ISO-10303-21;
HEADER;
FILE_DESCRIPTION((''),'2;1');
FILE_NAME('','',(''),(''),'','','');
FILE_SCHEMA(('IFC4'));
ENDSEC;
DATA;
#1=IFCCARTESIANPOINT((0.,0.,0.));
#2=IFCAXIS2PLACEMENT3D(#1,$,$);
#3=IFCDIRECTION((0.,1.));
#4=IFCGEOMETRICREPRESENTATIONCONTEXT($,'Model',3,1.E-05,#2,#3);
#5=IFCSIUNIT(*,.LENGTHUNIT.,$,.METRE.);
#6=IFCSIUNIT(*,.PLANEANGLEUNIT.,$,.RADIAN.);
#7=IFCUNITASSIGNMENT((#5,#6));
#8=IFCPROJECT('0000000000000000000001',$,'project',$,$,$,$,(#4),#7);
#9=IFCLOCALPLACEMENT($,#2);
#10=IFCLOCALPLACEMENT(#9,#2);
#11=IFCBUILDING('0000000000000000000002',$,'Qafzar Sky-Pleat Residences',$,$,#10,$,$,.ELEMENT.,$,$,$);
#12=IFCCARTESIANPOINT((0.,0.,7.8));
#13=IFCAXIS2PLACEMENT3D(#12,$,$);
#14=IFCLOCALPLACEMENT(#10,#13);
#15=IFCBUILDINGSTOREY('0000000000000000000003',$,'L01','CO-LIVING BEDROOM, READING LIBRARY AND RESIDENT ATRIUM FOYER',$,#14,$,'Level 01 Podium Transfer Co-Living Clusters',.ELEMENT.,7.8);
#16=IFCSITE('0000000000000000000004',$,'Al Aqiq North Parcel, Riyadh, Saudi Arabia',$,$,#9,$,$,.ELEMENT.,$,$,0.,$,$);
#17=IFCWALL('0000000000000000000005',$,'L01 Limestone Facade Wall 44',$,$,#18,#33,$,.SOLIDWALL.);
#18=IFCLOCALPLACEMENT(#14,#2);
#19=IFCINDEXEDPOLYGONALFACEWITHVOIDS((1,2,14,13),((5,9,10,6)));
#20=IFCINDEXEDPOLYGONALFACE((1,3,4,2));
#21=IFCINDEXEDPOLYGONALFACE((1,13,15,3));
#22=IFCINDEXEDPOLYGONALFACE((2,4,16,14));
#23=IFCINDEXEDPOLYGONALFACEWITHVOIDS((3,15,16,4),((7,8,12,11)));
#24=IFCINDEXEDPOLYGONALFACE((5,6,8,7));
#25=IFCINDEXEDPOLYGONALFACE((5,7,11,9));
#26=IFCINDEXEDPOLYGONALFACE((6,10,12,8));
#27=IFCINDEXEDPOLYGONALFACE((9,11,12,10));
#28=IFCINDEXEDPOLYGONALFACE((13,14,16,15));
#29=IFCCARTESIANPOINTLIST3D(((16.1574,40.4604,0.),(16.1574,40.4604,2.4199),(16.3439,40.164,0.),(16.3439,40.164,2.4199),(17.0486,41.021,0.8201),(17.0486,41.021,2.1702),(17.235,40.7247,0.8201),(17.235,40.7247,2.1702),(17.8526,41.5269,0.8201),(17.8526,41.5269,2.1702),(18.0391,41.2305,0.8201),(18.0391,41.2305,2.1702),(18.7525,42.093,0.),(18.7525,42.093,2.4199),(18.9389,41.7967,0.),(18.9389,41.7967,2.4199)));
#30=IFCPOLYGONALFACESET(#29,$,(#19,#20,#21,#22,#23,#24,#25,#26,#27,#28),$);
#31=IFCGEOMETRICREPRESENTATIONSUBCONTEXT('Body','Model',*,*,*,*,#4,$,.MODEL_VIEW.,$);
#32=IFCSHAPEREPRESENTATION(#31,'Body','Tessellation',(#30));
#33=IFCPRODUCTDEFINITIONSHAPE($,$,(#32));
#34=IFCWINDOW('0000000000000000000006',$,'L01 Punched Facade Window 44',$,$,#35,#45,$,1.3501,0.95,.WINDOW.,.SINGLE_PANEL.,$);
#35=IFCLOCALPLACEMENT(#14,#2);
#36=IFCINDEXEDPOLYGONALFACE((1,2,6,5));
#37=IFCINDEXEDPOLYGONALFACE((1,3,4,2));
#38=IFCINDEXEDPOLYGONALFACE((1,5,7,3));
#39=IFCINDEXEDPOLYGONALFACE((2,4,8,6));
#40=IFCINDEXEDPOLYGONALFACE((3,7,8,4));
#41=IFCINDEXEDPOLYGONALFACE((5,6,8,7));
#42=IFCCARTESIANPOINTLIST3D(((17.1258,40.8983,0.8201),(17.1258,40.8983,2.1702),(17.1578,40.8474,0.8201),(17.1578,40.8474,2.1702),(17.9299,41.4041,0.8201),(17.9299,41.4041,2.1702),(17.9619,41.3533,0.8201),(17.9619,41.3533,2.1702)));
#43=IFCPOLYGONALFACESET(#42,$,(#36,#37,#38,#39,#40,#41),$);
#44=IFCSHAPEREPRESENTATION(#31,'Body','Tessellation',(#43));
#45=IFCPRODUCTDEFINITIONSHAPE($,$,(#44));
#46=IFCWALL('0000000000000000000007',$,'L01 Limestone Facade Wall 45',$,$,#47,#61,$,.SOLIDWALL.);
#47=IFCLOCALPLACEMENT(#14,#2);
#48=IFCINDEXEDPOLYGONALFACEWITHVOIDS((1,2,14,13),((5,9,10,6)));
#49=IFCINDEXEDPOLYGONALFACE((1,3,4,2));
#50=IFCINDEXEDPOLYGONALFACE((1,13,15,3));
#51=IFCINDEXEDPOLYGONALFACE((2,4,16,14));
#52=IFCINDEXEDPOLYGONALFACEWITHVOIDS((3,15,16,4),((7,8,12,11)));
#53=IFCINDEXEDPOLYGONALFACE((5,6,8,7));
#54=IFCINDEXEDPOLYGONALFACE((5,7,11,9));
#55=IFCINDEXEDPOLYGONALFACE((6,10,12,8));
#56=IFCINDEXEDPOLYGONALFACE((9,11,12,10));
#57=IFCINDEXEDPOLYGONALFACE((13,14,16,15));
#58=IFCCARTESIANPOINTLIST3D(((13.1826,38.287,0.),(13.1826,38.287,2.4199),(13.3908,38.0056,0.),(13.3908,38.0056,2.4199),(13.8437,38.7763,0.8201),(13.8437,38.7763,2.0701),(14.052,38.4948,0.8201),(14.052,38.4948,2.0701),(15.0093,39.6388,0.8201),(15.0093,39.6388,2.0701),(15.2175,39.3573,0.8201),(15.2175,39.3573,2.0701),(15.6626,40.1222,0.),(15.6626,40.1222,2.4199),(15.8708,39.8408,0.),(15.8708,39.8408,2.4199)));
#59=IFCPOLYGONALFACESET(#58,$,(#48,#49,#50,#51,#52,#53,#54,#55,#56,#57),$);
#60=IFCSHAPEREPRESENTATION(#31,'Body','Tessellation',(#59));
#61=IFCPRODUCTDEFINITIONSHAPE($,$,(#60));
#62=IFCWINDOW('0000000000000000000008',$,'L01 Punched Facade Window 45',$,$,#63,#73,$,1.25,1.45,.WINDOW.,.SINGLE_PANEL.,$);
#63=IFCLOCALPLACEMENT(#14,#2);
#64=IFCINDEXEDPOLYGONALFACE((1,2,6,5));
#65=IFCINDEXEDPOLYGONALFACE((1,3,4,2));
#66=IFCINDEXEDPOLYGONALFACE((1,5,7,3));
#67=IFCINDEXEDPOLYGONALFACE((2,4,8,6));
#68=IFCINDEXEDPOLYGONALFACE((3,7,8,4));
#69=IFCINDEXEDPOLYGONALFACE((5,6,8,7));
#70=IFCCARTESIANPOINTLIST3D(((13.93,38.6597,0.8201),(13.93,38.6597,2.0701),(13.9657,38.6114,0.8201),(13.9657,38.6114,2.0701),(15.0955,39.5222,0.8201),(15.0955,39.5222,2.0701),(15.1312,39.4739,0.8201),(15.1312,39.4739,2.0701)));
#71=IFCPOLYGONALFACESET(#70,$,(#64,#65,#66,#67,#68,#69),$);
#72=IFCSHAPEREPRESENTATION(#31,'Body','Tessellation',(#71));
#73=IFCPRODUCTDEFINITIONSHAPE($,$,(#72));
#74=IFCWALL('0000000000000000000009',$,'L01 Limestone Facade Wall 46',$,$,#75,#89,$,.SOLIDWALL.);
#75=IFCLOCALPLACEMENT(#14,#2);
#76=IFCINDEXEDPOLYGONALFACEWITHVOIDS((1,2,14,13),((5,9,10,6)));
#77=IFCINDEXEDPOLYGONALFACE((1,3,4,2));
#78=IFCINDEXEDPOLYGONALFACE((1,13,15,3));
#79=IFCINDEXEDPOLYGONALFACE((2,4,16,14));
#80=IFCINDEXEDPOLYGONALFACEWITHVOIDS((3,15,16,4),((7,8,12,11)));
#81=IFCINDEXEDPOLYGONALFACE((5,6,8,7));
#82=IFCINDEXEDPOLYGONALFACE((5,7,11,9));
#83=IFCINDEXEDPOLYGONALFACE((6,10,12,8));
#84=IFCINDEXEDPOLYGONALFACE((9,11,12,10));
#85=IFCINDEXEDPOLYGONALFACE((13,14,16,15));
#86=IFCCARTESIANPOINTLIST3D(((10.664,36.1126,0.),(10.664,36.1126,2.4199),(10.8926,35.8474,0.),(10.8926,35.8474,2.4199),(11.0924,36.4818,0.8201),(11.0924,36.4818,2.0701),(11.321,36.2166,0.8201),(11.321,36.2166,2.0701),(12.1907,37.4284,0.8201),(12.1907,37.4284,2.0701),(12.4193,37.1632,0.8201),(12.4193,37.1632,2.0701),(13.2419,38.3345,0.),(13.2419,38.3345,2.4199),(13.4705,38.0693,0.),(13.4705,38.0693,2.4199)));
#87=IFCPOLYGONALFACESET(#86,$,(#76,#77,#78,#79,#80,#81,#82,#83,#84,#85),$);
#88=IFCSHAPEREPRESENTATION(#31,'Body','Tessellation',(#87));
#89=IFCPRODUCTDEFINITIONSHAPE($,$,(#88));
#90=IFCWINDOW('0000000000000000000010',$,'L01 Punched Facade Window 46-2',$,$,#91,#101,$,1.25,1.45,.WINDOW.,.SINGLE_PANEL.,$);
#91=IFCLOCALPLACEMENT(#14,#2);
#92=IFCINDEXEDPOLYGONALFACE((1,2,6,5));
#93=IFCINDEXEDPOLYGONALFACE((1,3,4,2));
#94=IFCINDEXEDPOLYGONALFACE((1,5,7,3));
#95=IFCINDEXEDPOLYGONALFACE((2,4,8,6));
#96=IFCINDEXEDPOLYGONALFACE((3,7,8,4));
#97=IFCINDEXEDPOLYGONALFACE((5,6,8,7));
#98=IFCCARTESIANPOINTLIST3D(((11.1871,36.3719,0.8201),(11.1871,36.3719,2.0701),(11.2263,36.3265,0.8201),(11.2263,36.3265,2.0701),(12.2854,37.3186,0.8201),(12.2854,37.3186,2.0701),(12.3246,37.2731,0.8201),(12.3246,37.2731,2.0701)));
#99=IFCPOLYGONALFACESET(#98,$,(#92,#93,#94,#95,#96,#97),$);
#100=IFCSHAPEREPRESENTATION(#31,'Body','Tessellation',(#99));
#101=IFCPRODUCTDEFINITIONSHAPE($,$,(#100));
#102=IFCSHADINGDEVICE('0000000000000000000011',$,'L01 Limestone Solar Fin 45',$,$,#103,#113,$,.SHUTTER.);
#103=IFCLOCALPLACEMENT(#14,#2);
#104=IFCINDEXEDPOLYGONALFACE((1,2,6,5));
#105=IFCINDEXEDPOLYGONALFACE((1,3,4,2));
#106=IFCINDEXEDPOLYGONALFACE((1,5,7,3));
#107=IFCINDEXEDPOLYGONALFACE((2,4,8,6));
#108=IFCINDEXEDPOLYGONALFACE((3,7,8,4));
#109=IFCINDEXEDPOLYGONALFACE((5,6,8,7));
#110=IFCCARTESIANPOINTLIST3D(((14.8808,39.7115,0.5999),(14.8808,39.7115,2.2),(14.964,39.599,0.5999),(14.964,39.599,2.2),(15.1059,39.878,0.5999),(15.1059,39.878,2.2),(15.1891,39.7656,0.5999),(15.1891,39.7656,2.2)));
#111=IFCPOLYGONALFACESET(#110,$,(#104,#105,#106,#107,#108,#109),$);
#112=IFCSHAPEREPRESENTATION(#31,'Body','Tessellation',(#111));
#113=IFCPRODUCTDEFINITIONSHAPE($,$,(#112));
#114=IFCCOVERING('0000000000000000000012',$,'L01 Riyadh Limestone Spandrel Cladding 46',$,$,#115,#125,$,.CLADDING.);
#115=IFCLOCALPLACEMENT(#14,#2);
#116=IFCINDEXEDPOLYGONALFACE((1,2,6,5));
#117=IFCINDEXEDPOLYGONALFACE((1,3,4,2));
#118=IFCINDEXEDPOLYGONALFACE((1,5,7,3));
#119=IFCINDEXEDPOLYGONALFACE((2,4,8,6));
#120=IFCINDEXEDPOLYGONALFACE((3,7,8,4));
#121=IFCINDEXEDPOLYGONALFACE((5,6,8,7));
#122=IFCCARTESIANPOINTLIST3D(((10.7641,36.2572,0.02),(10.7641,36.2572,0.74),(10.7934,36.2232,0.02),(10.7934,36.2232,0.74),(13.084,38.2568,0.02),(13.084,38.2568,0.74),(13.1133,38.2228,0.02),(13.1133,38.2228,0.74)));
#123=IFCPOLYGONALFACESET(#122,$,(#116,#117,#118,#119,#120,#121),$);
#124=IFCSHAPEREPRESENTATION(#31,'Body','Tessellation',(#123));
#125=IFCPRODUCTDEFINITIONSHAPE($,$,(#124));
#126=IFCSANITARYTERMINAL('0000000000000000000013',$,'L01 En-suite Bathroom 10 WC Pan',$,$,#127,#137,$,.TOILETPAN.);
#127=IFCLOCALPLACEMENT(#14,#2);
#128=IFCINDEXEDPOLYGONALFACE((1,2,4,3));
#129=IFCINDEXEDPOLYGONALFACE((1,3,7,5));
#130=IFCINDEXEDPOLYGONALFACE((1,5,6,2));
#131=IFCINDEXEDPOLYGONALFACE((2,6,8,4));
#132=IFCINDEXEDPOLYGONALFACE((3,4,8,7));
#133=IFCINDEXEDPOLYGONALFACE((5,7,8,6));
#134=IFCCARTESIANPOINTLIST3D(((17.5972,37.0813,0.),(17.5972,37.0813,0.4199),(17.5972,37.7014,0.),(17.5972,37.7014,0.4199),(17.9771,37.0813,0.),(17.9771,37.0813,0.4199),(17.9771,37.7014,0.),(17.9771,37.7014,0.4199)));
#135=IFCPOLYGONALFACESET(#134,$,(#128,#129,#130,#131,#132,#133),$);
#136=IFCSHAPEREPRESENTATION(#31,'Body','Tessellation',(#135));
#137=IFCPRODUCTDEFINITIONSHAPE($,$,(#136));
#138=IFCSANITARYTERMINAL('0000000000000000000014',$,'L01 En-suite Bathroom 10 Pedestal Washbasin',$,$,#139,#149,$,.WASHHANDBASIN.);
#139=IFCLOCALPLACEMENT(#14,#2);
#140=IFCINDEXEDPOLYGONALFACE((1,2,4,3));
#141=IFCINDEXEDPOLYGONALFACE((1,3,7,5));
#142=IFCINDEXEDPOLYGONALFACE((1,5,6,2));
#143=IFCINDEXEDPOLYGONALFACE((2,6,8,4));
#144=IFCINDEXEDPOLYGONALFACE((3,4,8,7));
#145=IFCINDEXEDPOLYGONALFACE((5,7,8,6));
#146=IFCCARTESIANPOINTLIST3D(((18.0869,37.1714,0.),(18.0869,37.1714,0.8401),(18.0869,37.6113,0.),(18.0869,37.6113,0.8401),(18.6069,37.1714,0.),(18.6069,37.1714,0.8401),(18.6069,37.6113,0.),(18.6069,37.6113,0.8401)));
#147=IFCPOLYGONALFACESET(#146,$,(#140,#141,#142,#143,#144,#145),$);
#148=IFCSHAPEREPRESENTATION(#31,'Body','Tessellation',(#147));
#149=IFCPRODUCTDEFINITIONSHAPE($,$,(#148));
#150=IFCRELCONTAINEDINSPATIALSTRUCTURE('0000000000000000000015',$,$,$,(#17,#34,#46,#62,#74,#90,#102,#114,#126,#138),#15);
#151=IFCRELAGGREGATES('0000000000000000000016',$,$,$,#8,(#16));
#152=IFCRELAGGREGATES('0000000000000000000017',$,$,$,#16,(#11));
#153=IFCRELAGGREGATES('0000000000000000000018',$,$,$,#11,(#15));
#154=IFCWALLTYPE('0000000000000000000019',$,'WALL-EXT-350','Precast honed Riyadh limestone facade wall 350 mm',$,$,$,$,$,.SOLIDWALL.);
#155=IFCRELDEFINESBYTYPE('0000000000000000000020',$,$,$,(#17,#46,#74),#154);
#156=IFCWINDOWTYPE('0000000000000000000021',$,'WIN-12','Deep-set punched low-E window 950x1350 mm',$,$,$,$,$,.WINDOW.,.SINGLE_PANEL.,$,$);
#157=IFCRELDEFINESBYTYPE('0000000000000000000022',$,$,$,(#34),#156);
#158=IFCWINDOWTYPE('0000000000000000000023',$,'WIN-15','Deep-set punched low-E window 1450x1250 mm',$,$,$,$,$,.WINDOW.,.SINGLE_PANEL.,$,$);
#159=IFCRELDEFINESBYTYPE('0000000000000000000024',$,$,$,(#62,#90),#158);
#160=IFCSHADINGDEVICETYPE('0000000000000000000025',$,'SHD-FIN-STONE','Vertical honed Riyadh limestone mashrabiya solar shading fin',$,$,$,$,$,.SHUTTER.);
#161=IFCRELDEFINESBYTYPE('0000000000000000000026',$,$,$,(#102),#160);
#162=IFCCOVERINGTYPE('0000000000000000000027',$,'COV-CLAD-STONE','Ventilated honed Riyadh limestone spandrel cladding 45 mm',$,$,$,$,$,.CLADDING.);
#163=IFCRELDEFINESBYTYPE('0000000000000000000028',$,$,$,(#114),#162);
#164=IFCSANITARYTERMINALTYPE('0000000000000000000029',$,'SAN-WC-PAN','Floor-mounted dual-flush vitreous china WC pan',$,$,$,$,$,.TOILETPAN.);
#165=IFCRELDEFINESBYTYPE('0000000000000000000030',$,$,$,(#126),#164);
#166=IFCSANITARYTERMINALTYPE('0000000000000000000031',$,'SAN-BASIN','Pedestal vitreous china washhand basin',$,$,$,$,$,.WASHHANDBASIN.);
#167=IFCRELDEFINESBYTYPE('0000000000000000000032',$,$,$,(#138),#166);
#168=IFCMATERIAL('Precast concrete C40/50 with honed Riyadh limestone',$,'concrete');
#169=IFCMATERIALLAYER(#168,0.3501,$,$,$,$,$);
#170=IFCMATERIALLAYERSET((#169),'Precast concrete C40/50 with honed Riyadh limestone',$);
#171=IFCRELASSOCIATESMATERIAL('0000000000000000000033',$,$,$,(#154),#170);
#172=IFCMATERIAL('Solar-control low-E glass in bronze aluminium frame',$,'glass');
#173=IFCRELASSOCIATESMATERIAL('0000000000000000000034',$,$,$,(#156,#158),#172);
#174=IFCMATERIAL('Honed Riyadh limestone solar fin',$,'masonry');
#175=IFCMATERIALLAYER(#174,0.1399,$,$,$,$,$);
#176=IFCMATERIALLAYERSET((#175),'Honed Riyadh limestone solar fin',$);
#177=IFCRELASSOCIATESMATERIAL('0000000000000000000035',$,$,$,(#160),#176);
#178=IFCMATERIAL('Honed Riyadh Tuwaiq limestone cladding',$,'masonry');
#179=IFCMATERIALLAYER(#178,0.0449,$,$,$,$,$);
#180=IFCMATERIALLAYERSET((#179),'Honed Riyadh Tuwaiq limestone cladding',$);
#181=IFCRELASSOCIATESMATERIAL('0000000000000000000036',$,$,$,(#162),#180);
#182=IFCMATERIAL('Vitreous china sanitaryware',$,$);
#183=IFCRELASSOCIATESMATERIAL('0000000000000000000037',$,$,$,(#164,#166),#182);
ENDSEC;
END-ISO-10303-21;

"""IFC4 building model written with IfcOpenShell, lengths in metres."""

from ifc_helpers import new_model, si_unit, direction, frame, frame_2d, origin, origin_2d, place, context, subcontext, project, spatial, rectangle, extrude, source, transform, mapped, material, layer, layer_set, type_object, element, fill, save


model = new_model("IFC4")

# Units and contexts
model_context = context("Model", 3, precision=1e-05, world=origin(), true_north=direction((0.0, 1.0)))
body_context = subcontext(model_context, "Body", "Model", "MODEL_VIEW")
ifc_project = project(units=[si_unit("LENGTHUNIT", "METRE"), si_unit("PLANEANGLEUNIT", "RADIAN")], contexts=[model_context])

# Site, building, storey
site_placement = place(None, origin())
site = spatial("IfcSite", under=ifc_project, at=site_placement, Name="Al Aqiq North Parcel, Riyadh, Saudi Arabia", CompositionType="ELEMENT", RefElevation=0.0)
building_placement = place(site_placement, origin())
building = spatial("IfcBuilding", under=site, at=building_placement, Name="Qafzar Sky-Pleat Residences", CompositionType="ELEMENT")
storey_placement = place(building_placement, frame((0.0, 0.0, 7.8)))
storey = spatial("IfcBuildingStorey", under=building, at=storey_placement, Name="L01", Description="CO-LIVING BEDROOM, READING LIBRARY AND RESIDENT ATRIUM FOYER", LongName="Level 01 Podium Transfer Co-Living Clusters", CompositionType="ELEMENT", Elevation=7.8)

# Walls, openings, windows
ifc_material_1 = material(Name="Precast concrete C40/50 with honed Riyadh limestone", Category="concrete")
ifc_layer_1 = layer(ifc_material_1, 0.3501)
ifc_layer_set_1 = layer_set([ifc_layer_1], Name="Precast concrete C40/50 with honed Riyadh limestone")
wall_type_1 = type_object("IfcWallType", Name="WALL-EXT-350", Description="Precast honed Riyadh limestone facade wall 350 mm", PredefinedType="SOLIDWALL", material=ifc_layer_set_1)
wall_1_placement = place(storey_placement, frame((18.8457, 41.9448, 0.0), z_axis=(0.0, 0.0, 1.0), x_axis=(-0.846424, -0.532509, 0.0)))
wall_1 = element("IfcWall", 1, at=wall_1_placement, inside=storey, type_object=wall_type_1, Name="L01 Limestone Facade Wall 44", PredefinedType="SOLIDWALL", context=body_context, shape_type="SweptSolid", body=[
    extrude(rectangle(XDim=3.0659, YDim=0.3501, at=frame_2d((1.533, 0.0))), origin(), (0.0, 0.0, 1.0), 2.4199),
])
opening_1_placement = place(wall_1_placement, frame((1.063, 0.0, 0.8201)))
opening_1 = element("IfcOpeningElement", 2, at=opening_1_placement, cuts=wall_1, PredefinedType="OPENING", context=body_context, shape_type="SweptSolid", body=[
    extrude(rectangle(XDim=0.95, YDim=1.3501, at=frame_2d((0.4751, 0.675))), frame((0.0, 0.1851, 0.0), z_axis=(0.0, -1.0, 0.0), x_axis=(1.0, 0.0, 0.0)), (0.0, 0.0, 1.0), 0.3701),
])
ifc_material_2 = material(Name="Solar-control low-E glass in bronze aluminium frame", Category="glass")
window_type_1 = type_object("IfcWindowType", Name="WIN-12", Description="Deep-set punched low-E window 950x1350 mm", PartitioningType="SINGLE_PANEL", PredefinedType="WINDOW", material=ifc_material_2)
shared_shape_1 = source(origin(), body_context, "Body", "SweptSolid", [
    extrude(rectangle(XDim=0.95, YDim=1.3501, at=frame_2d((0.4751, 0.675))), frame((0.0, 0.03, 0.0), z_axis=(0.0, -1.0, 0.0), x_axis=(1.0, 0.0, 0.0)), (0.0, 0.0, 1.0), 0.0601),
])
window_1_placement = place(opening_1_placement, origin())
window_1 = element("IfcWindow", 3, at=window_1_placement, inside=storey, type_object=window_type_1, Name="L01 Punched Facade Window 44", OverallHeight=1.3501, OverallWidth=0.95, PartitioningType="SINGLE_PANEL", PredefinedType="WINDOW", context=body_context, shape_type="MappedRepresentation", body=[
    mapped(shared_shape_1, transform((0.0, 0.0, 0.0), x_axis=(1.0, 0.0, 0.0), y_axis=(0.0, 1.0, 0.0), z_axis=(0.0, 0.0, 1.0), scale=1.0)),
])
fill(opening_1, window_1)
wall_2_placement = place(storey_placement, frame((15.7666, 39.9814, 0.0), z_axis=(0.0, 0.0, 1.0), x_axis=(-0.803839, -0.594847, 0.0)))
wall_2 = element("IfcWall", 4, at=wall_2_placement, inside=storey, type_object=wall_type_1, Name="L01 Limestone Facade Wall 45", PredefinedType="SOLIDWALL", context=body_context, shape_type="SweptSolid", body=[
    extrude(rectangle(XDim=3.0852, YDim=0.3501, at=frame_2d((1.5425, 0.0))), origin(), (0.0, 0.0, 1.0), 2.4199),
])
opening_2_placement = place(wall_2_placement, frame((0.8125, 0.0, 0.8201)))
opening_2 = element("IfcOpeningElement", 5, at=opening_2_placement, cuts=wall_2, PredefinedType="OPENING", context=body_context, shape_type="SweptSolid", body=[
    extrude(rectangle(XDim=1.45, YDim=1.25, at=frame_2d((0.7251, 0.625))), frame((0.0, 0.1851, 0.0), z_axis=(0.0, -1.0, 0.0), x_axis=(1.0, 0.0, 0.0)), (0.0, 0.0, 1.0), 0.3701),
])
window_type_2 = type_object("IfcWindowType", Name="WIN-15", Description="Deep-set punched low-E window 1450x1250 mm", PartitioningType="SINGLE_PANEL", PredefinedType="WINDOW", material=ifc_material_2)
shared_shape_2 = source(origin(), body_context, "Body", "SweptSolid", [
    extrude(rectangle(XDim=1.45, YDim=1.25, at=frame_2d((0.7251, 0.625))), frame((0.0, 0.03, 0.0), z_axis=(0.0, -1.0, 0.0), x_axis=(1.0, 0.0, 0.0)), (0.0, 0.0, 1.0), 0.0601),
])
window_2_placement = place(opening_2_placement, origin())
window_2 = element("IfcWindow", 6, at=window_2_placement, inside=storey, type_object=window_type_2, Name="L01 Punched Facade Window 45", OverallHeight=1.25, OverallWidth=1.45, PartitioningType="SINGLE_PANEL", PredefinedType="WINDOW", context=body_context, shape_type="MappedRepresentation", body=[
    mapped(shared_shape_2, transform((0.0, 0.0, 0.0), x_axis=(1.0, 0.0, 0.0), y_axis=(0.0, 1.0, 0.0), z_axis=(0.0, 0.0, 1.0), scale=1.0)),
])
fill(opening_2, window_2)
wall_3_placement = place(storey_placement, frame((13.3562, 38.2019, 0.0), z_axis=(0.0, 0.0, 1.0), x_axis=(-0.757466, -0.652874, 0.0)))
wall_3 = element("IfcWall", 7, at=wall_3_placement, inside=storey, type_object=wall_type_1, Name="L01 Limestone Facade Wall 46", PredefinedType="SOLIDWALL", context=body_context, shape_type="SweptSolid", body=[
    extrude(rectangle(XDim=3.4033, YDim=0.3501, at=frame_2d((1.7017, 0.0))), origin(), (0.0, 0.0, 1.0), 2.4199),
])
opening_3_placement = place(wall_3_placement, frame((1.3877, 0.0, 0.8201)))
opening_3 = element("IfcOpeningElement", 8, at=opening_3_placement, cuts=wall_3, PredefinedType="OPENING", context=body_context, shape_type="SweptSolid", body=[
    extrude(rectangle(XDim=1.45, YDim=1.25, at=frame_2d((0.7251, 0.625))), frame((0.0, 0.1851, 0.0), z_axis=(0.0, -1.0, 0.0), x_axis=(1.0, 0.0, 0.0)), (0.0, 0.0, 1.0), 0.3701),
])
window_3_placement = place(opening_3_placement, origin())
window_3 = element("IfcWindow", 9, at=window_3_placement, inside=storey, type_object=window_type_2, Name="L01 Punched Facade Window 46-2", OverallHeight=1.25, OverallWidth=1.45, PartitioningType="SINGLE_PANEL", PredefinedType="WINDOW", context=body_context, shape_type="MappedRepresentation", body=[
    mapped(shared_shape_2, transform((0.0, 0.0, 0.0), x_axis=(1.0, 0.0, 0.0), y_axis=(0.0, 1.0, 0.0), z_axis=(0.0, 0.0, 1.0), scale=1.0)),
])
fill(opening_3, window_3)

# Shading device
ifc_material_3 = material(Name="Honed Riyadh limestone solar fin", Category="masonry")
ifc_layer_2 = layer(ifc_material_3, 0.1399)
ifc_layer_set_2 = layer_set([ifc_layer_2], Name="Honed Riyadh limestone solar fin")
shading_device_type = type_object("IfcShadingDeviceType", Name="SHD-FIN-STONE", Description="Vertical honed Riyadh limestone mashrabiya solar shading fin", PredefinedType="SHUTTER", material=ifc_layer_set_2)
shared_shape_3 = source(origin(), body_context, "Body", "SweptSolid", [
    extrude(rectangle(XDim=0.1399, YDim=0.28, at=origin_2d()), origin(), (0.0, 0.0, 1.0), 1.6001),
])
shading_device_placement = place(storey_placement, frame((15.0349, 39.7385, 0.5999), z_axis=(0.0, 0.0, 1.0), x_axis=(-0.594868, 0.803823, 0.0)))
element("IfcShadingDevice", 10, at=shading_device_placement, inside=storey, type_object=shading_device_type, Name="L01 Limestone Solar Fin 45", PredefinedType="SHUTTER", context=body_context, shape_type="MappedRepresentation", body=[
    mapped(shared_shape_3, transform((0.0, 0.0, 0.0), x_axis=(1.0, 0.0, 0.0), y_axis=(0.0, 1.0, 0.0), z_axis=(0.0, 0.0, 1.0), scale=1.0)),
])

# Covering
ifc_material_4 = material(Name="Honed Riyadh Tuwaiq limestone cladding", Category="masonry")
ifc_layer_3 = layer(ifc_material_4, 0.0449)
ifc_layer_set_3 = layer_set([ifc_layer_3], Name="Honed Riyadh Tuwaiq limestone cladding")
covering_type = type_object("IfcCoveringType", Name="COV-CLAD-STONE", Description="Ventilated honed Riyadh limestone spandrel cladding 45 mm", PredefinedType="CLADDING", material=ifc_layer_set_3)
shared_shape_4 = source(origin(), body_context, "Body", "SweptSolid", [
    extrude(rectangle(XDim=3.0627, YDim=0.0449, at=origin_2d()), origin(), (0.0, 0.0, 1.0), 0.72),
])
covering_placement = place(storey_placement, frame((11.9387, 37.24, 0.02), z_axis=(0.0, 0.0, 1.0), x_axis=(-0.757462, -0.65288, 0.0)))
element("IfcCovering", 11, at=covering_placement, inside=storey, type_object=covering_type, Name="L01 Riyadh Limestone Spandrel Cladding 46", PredefinedType="CLADDING", context=body_context, shape_type="MappedRepresentation", body=[
    mapped(shared_shape_4, transform((0.0, 0.0, 0.0), x_axis=(1.0, 0.0, 0.0), y_axis=(0.0, 1.0, 0.0), z_axis=(0.0, 0.0, 1.0), scale=1.0)),
])

# Sanitary terminals
ifc_material_5 = material(Name="Vitreous china sanitaryware")
sanitary_terminal_type_1 = type_object("IfcSanitaryTerminalType", Name="SAN-WC-PAN", Description="Floor-mounted dual-flush vitreous china WC pan", PredefinedType="TOILETPAN", material=ifc_material_5)
shared_shape_5 = source(origin(), body_context, "Body", "SweptSolid", [
    extrude(rectangle(XDim=0.3799, YDim=0.6201, at=origin_2d()), origin(), (0.0, 0.0, 1.0), 0.4199),
])
sanitary_terminal_1_placement = place(storey_placement, frame((17.7871, 37.3914, 0.0), z_axis=(0.0, 0.0, 1.0), x_axis=(1.0, 0.0, 0.0)))
element("IfcSanitaryTerminal", 12, at=sanitary_terminal_1_placement, inside=storey, type_object=sanitary_terminal_type_1, Name="L01 En-suite Bathroom 10 WC Pan", PredefinedType="TOILETPAN", context=body_context, shape_type="MappedRepresentation", body=[
    mapped(shared_shape_5, transform((0.0, 0.0, 0.0), x_axis=(1.0, 0.0, 0.0), y_axis=(0.0, 1.0, 0.0), z_axis=(0.0, 0.0, 1.0), scale=1.0)),
])
sanitary_terminal_type_2 = type_object("IfcSanitaryTerminalType", Name="SAN-BASIN", Description="Pedestal vitreous china washhand basin", PredefinedType="WASHHANDBASIN", material=ifc_material_5)
shared_shape_6 = source(origin(), body_context, "Body", "SweptSolid", [
    extrude(rectangle(XDim=0.52, YDim=0.4399, at=origin_2d()), origin(), (0.0, 0.0, 1.0), 0.8401),
])
sanitary_terminal_2_placement = place(storey_placement, frame((18.3469, 37.3914, 0.0), z_axis=(0.0, 0.0, 1.0), x_axis=(1.0, 0.0, 0.0)))
element("IfcSanitaryTerminal", 13, at=sanitary_terminal_2_placement, inside=storey, type_object=sanitary_terminal_type_2, Name="L01 En-suite Bathroom 10 Pedestal Washbasin", PredefinedType="WASHHANDBASIN", context=body_context, shape_type="MappedRepresentation", body=[
    mapped(shared_shape_6, transform((0.0, 0.0, 0.0), x_axis=(1.0, 0.0, 0.0), y_axis=(0.0, 1.0, 0.0), z_axis=(0.0, 0.0, 1.0), scale=1.0)),
])

save(model, "model.ifc")
